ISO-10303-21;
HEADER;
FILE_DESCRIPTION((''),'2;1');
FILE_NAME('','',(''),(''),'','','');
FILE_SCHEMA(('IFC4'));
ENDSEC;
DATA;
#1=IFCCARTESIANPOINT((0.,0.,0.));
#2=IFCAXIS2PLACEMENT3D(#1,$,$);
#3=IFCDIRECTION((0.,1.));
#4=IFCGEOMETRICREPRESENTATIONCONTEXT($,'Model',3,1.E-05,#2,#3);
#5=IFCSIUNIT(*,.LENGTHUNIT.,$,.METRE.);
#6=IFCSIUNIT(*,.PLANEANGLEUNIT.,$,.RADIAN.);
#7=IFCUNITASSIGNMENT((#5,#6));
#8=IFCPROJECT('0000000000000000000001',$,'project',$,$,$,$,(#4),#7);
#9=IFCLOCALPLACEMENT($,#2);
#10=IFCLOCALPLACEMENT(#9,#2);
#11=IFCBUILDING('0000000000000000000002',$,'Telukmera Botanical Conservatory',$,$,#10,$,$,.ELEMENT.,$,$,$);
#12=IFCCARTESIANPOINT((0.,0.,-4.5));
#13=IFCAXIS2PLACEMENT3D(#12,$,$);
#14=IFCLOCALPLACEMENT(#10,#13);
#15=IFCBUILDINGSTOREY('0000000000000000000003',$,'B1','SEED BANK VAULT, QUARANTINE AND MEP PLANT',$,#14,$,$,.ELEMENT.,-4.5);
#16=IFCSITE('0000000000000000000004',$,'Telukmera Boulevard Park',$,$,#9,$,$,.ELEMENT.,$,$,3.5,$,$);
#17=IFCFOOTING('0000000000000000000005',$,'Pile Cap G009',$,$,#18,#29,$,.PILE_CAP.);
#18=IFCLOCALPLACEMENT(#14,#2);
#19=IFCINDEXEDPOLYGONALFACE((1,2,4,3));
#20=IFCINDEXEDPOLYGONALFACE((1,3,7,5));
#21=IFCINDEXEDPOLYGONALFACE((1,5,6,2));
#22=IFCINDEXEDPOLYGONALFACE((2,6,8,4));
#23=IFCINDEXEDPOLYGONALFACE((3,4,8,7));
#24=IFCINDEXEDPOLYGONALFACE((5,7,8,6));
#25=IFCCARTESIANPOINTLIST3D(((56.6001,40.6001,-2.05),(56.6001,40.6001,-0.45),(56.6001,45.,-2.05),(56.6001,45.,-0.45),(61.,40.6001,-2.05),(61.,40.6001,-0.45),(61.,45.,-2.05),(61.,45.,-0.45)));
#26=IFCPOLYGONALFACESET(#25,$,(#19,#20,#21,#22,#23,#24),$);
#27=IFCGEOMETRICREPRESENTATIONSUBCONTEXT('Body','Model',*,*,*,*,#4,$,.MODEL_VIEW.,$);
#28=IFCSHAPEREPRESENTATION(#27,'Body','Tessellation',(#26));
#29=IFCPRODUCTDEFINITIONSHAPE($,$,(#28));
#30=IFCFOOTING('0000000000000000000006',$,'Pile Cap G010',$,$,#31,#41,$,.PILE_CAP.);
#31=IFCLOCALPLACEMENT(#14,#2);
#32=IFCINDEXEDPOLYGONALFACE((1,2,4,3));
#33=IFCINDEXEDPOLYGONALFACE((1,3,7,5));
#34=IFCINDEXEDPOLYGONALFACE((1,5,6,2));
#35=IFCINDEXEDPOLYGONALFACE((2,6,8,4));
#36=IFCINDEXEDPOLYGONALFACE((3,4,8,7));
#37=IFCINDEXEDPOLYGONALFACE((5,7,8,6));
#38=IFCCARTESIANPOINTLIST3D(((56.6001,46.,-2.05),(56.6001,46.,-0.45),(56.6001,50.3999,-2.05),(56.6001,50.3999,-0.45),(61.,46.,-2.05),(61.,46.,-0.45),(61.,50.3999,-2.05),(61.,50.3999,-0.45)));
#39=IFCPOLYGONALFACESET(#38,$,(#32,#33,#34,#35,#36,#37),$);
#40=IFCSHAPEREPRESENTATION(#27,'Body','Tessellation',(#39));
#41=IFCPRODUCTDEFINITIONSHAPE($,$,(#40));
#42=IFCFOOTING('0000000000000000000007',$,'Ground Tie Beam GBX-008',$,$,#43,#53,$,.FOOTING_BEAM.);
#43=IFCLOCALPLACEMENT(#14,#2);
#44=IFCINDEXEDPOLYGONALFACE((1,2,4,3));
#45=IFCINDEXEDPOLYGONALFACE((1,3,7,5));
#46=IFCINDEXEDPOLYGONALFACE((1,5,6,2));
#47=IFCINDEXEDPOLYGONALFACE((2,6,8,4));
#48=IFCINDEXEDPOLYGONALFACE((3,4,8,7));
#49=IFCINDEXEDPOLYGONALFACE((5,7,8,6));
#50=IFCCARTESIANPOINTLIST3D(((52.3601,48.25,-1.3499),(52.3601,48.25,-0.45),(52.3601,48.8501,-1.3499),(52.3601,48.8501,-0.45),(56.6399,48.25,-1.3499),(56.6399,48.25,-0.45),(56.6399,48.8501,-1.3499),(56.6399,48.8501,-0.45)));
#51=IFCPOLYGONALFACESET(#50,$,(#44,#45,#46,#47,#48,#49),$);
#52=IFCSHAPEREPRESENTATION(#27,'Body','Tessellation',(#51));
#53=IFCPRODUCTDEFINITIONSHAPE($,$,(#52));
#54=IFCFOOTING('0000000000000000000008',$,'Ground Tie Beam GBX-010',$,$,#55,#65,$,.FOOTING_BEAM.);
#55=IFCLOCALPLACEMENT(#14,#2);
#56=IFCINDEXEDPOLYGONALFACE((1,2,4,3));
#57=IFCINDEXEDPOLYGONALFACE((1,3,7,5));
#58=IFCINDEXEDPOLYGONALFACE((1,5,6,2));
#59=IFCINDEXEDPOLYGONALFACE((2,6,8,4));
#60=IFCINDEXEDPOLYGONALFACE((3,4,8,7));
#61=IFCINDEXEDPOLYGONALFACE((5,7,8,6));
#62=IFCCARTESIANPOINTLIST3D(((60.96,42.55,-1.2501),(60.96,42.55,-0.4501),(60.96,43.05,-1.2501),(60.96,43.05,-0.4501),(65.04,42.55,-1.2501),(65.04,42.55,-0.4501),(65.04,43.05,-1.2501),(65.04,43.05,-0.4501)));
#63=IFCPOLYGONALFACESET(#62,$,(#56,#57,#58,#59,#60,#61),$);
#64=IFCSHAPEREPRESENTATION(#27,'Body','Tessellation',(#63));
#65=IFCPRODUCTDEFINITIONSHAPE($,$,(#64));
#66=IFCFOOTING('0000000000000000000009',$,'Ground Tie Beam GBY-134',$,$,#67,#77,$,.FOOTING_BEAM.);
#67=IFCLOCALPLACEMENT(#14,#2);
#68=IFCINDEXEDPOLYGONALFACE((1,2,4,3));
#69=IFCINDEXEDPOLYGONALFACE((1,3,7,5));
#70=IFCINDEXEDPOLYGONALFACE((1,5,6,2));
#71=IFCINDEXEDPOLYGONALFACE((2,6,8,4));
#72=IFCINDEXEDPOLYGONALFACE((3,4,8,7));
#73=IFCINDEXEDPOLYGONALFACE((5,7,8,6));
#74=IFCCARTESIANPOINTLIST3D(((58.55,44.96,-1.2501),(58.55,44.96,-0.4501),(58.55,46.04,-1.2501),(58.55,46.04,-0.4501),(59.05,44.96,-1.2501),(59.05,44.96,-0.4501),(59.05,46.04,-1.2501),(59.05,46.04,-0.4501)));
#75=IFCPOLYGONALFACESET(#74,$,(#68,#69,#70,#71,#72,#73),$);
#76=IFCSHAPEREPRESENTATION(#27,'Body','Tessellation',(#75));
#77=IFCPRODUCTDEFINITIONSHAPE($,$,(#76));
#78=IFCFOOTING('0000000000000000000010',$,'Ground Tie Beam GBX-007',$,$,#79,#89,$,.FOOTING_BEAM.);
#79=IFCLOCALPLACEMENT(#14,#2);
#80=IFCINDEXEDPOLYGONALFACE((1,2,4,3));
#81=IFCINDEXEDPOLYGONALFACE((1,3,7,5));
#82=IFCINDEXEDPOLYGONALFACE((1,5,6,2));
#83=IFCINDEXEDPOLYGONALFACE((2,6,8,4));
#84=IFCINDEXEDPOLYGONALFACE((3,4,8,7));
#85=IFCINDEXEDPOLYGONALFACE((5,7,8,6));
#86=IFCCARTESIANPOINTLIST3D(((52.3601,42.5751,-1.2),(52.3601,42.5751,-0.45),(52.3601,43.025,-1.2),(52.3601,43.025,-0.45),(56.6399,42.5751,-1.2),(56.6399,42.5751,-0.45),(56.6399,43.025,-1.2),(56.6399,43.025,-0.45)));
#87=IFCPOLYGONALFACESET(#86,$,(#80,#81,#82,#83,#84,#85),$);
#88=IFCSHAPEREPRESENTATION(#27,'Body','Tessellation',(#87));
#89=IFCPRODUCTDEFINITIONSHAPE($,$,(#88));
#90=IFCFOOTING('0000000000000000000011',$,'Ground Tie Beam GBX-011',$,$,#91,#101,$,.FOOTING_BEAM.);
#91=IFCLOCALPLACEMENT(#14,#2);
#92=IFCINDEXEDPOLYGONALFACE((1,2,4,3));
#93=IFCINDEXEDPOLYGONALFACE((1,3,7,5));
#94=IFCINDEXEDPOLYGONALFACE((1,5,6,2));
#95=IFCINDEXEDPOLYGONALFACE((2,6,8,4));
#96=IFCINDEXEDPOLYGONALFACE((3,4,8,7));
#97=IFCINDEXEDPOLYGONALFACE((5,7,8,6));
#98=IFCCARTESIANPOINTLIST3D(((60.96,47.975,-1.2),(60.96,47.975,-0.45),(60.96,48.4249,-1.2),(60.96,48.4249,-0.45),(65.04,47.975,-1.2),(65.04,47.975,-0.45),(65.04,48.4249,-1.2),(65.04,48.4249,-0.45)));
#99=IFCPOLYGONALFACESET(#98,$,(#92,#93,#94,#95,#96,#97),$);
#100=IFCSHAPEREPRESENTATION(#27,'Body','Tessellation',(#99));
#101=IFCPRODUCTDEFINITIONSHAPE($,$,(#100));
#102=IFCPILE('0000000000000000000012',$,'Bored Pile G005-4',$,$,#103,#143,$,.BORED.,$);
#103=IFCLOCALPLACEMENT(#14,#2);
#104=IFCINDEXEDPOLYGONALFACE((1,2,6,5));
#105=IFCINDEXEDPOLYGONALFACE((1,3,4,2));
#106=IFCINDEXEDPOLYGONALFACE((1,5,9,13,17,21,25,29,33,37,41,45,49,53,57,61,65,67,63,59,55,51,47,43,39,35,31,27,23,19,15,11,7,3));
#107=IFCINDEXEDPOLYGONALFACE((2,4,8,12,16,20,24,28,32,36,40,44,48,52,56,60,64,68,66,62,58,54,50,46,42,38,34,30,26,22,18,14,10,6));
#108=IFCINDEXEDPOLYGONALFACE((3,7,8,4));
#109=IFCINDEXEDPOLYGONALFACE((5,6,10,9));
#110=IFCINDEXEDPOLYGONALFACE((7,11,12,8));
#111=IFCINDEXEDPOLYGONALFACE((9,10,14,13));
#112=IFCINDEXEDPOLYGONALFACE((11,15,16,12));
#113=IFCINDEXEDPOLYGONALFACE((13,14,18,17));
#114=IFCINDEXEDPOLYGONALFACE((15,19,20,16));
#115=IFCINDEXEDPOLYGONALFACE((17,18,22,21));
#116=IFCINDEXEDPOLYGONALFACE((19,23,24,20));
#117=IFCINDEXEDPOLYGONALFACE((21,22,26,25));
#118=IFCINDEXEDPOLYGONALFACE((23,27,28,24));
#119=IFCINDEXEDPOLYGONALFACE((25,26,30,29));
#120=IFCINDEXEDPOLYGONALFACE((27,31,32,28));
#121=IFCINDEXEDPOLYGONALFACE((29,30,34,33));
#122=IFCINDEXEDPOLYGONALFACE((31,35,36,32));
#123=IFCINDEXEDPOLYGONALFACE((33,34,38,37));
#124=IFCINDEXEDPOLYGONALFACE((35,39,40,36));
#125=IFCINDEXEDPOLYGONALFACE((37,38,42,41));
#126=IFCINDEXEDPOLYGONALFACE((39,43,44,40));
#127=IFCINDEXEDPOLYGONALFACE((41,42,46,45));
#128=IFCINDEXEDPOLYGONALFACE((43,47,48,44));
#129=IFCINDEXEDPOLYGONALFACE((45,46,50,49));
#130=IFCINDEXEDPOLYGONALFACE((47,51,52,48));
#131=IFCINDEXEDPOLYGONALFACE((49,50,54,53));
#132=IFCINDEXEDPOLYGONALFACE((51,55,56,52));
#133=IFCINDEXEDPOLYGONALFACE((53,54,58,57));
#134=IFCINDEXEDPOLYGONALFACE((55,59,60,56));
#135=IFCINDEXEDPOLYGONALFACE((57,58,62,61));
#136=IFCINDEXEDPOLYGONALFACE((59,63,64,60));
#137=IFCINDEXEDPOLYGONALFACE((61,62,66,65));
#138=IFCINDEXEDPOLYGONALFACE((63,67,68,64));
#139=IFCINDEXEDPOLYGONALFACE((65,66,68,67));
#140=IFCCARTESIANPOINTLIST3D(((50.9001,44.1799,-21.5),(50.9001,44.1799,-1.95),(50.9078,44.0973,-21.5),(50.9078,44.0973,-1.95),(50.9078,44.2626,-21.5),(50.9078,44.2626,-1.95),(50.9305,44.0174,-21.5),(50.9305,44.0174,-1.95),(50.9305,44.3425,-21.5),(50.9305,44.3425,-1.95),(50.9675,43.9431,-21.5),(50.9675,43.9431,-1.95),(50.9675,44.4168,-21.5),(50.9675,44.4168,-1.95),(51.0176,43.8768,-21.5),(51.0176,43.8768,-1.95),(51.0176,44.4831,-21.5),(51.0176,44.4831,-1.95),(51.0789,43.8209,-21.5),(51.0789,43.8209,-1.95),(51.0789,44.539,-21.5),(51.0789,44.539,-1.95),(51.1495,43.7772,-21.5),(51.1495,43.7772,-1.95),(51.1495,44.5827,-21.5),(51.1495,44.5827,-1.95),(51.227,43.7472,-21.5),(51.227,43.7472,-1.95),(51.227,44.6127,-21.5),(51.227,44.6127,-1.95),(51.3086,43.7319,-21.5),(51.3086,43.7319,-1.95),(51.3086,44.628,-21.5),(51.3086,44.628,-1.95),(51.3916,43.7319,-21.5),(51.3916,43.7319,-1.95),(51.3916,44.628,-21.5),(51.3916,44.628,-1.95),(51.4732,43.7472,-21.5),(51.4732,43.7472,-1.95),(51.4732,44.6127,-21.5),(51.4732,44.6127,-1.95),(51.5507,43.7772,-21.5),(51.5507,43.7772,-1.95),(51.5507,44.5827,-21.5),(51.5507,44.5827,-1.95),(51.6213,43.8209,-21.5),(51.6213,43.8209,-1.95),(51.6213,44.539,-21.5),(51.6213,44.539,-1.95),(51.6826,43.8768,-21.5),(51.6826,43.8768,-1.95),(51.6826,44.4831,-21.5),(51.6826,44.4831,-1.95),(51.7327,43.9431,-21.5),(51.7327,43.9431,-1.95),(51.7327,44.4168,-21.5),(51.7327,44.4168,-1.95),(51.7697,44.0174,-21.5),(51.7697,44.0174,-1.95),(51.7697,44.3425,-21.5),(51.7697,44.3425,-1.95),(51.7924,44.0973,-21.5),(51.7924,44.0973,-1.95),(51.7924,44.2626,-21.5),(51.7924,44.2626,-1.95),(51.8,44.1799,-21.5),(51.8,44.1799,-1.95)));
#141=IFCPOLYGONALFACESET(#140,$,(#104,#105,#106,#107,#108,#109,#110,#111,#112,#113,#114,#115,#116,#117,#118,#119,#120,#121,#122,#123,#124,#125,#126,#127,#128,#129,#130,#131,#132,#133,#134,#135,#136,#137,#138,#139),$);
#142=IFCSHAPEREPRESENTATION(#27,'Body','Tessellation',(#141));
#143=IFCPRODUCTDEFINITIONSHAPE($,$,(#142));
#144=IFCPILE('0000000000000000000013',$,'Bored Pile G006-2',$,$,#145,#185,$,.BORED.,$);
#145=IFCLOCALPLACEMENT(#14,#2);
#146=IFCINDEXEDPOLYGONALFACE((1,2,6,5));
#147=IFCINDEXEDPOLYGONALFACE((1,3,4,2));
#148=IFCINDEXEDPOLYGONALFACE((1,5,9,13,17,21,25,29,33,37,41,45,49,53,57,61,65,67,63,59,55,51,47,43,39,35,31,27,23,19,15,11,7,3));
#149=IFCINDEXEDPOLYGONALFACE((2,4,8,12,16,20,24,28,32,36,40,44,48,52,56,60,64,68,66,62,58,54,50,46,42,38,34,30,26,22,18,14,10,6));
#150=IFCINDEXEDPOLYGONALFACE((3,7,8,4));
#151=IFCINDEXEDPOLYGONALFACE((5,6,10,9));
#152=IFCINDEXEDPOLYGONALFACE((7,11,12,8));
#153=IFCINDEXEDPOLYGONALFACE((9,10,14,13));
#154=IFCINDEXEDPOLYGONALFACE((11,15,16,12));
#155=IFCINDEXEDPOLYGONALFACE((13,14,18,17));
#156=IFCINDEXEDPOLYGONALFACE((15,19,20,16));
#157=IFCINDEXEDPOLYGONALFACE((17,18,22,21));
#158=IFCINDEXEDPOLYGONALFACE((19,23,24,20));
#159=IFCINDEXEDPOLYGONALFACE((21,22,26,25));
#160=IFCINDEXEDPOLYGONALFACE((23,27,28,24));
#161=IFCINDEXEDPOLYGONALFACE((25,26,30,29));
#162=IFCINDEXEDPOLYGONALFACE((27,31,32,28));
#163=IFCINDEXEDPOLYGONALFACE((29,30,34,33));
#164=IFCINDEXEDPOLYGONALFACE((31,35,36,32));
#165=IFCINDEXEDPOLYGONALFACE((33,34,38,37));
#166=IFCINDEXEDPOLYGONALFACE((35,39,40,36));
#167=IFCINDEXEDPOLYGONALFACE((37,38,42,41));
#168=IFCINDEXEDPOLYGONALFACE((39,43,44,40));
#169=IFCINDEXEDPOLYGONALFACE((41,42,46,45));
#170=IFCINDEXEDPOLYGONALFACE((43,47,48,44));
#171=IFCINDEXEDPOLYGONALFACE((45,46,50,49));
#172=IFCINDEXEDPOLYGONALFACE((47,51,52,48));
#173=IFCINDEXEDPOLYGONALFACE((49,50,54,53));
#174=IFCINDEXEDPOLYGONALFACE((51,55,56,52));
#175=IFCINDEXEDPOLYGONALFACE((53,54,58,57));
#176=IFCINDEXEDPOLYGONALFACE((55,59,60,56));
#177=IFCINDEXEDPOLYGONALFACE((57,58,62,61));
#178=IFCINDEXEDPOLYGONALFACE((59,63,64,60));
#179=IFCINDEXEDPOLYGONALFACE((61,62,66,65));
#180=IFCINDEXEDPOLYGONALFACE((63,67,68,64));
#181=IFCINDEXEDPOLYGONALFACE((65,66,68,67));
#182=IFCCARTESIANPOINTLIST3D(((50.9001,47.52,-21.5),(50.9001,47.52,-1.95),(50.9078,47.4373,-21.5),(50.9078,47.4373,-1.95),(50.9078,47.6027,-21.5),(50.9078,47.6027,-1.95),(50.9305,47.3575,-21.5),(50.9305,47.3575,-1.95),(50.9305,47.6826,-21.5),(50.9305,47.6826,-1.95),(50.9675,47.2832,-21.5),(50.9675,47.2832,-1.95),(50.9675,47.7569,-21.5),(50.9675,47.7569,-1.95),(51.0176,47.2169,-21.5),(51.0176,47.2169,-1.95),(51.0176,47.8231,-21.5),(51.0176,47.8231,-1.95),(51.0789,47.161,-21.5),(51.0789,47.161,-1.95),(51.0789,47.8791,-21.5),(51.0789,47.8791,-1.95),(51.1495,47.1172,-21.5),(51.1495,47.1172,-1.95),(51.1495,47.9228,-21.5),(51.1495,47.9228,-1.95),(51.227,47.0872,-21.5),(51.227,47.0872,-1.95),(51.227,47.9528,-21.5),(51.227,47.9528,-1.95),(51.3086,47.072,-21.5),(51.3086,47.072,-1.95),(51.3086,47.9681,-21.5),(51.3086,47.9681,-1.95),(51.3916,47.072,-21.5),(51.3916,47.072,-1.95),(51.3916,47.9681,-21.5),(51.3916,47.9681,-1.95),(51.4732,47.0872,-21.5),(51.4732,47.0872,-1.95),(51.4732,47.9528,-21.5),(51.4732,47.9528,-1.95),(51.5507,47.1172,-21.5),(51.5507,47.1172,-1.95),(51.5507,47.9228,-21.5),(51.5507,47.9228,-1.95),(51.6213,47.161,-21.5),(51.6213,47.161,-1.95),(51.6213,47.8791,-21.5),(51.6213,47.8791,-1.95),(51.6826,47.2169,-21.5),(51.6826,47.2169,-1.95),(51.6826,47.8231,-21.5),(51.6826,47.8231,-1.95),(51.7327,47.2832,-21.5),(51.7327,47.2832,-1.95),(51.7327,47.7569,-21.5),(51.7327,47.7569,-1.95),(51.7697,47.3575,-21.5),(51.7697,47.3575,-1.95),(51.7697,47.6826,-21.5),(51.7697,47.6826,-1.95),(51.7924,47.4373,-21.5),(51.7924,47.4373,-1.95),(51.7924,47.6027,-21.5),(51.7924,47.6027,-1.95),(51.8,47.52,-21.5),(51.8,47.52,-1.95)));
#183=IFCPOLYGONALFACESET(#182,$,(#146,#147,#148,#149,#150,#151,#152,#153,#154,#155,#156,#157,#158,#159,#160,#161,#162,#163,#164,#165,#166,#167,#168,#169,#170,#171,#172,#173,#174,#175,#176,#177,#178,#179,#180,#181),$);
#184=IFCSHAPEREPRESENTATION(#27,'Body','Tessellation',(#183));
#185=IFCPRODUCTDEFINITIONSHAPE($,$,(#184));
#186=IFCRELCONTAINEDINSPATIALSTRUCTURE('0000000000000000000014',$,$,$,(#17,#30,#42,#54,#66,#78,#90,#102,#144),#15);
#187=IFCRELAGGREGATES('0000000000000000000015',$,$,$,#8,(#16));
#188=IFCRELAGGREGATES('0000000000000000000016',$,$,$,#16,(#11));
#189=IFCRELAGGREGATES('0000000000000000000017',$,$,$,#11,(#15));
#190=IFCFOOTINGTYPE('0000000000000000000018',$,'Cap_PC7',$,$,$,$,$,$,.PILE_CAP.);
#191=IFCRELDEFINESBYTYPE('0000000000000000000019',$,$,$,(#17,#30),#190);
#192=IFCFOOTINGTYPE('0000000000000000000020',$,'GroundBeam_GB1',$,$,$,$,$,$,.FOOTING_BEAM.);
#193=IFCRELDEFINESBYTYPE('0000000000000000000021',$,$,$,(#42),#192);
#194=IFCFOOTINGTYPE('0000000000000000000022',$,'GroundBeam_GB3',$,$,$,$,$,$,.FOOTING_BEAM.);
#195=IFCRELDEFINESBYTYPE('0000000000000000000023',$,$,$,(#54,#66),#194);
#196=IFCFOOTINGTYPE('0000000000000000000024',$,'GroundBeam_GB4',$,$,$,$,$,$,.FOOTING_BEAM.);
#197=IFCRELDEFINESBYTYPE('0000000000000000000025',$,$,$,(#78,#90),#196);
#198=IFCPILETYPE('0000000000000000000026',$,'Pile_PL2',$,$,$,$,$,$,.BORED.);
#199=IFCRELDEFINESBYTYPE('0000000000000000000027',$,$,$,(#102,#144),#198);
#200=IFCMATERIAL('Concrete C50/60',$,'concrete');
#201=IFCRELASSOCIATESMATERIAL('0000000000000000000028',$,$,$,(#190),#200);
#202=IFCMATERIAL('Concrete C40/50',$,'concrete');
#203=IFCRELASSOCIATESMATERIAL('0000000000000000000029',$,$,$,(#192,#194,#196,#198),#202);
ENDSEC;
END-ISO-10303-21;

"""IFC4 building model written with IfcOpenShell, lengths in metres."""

from ifc_helpers import new_model, si_unit, direction, frame, origin, origin_2d, place, context, subcontext, project, spatial, rectangle, circle, extrude, material, material_profile, profile_set, type_object, element, save


model = new_model("IFC4")

# Units and contexts
model_context = context("Model", 3, precision=1e-05, world=origin(), true_north=direction((0.0, 1.0)))
body_context = subcontext(model_context, "Body", "Model", "MODEL_VIEW")
ifc_project = project(units=[si_unit("LENGTHUNIT", "METRE"), si_unit("PLANEANGLEUNIT", "RADIAN")], contexts=[model_context])

# Site, building, storey
site_placement = place(None, origin())
site = spatial("IfcSite", under=ifc_project, at=site_placement, Name="Telukmera Boulevard Park", CompositionType="ELEMENT", RefElevation=3.5)
building_placement = place(site_placement, origin())
building = spatial("IfcBuilding", under=site, at=building_placement, Name="Telukmera Botanical Conservatory", CompositionType="ELEMENT")
storey_placement = place(building_placement, frame((0.0, 0.0, -4.5)))
storey = spatial("IfcBuildingStorey", under=building, at=storey_placement, Name="B1", Description="SEED BANK VAULT, QUARANTINE AND MEP PLANT", CompositionType="ELEMENT", Elevation=-4.5)

# Footings
ifc_material_1 = material(Name="Concrete C50/60", Category="concrete")
footing_type_1 = type_object("IfcFootingType", Name="Cap_PC7", PredefinedType="PILE_CAP", material=ifc_material_1)
for number, where, z_axis, x_axis, name in (
    (1, (58.8, 42.8, -2.05), (0.0, 0.0, 1.0), (1.0, 0.0, 0.0), "Pile Cap G009"),
    (2, (58.8, 48.2, -2.05), (0.0, 0.0, 1.0), (1.0, 0.0, 0.0), "Pile Cap G010"),
):
    element("IfcFooting", number, at=place(storey_placement, frame(where, z_axis=z_axis, x_axis=x_axis)), inside=storey, type_object=footing_type_1, Name=name, PredefinedType="PILE_CAP", context=body_context, shape_type="SweptSolid", body=[
        extrude(rectangle(XDim=4.3999, YDim=4.3999, at=origin_2d()), origin(), (0.0, 0.0, 1.0), 1.6001),
    ])
ifc_material_2 = material(Name="Concrete C40/50", Category="concrete")
ifc_material_profile_1 = material_profile(ifc_material_2, rectangle(XDim=0.6001, YDim=0.8999, at=origin_2d()), Name="RC 600x900")
ifc_profile_set_1 = profile_set([ifc_material_profile_1], Name="Concrete C40/50")
footing_type_2 = type_object("IfcFootingType", Name="GroundBeam_GB1", PredefinedType="FOOTING_BEAM", material=ifc_profile_set_1)
footing_1_placement = place(storey_placement, frame((52.3601, 48.55, -0.8999), z_axis=(1.0, 0.0, 0.0), x_axis=(0.0, 1.0, 0.0)))
element("IfcFooting", 3, at=footing_1_placement, inside=storey, type_object=footing_type_2, Name="Ground Tie Beam GBX-008", PredefinedType="FOOTING_BEAM", context=body_context, shape_type="SweptSolid", body=[
    extrude(rectangle(XDim=0.6001, YDim=0.8999, at=origin_2d()), origin(), (0.0, 0.0, 1.0), 4.2798),
])
ifc_material_profile_2 = material_profile(ifc_material_2, rectangle(XDim=0.5, YDim=0.8, at=origin_2d()), Name="RC 500x800")
ifc_profile_set_2 = profile_set([ifc_material_profile_2], Name="Concrete C40/50")
footing_type_3 = type_object("IfcFootingType", Name="GroundBeam_GB3", PredefinedType="FOOTING_BEAM", material=ifc_profile_set_2)
footing_2_placement = place(storey_placement, frame((60.96, 42.8, -0.8501), z_axis=(1.0, 0.0, 0.0), x_axis=(0.0, 1.0, 0.0)))
element("IfcFooting", 4, at=footing_2_placement, inside=storey, type_object=footing_type_3, Name="Ground Tie Beam GBX-010", PredefinedType="FOOTING_BEAM", context=body_context, shape_type="SweptSolid", body=[
    extrude(rectangle(XDim=0.5, YDim=0.8, at=origin_2d()), origin(), (0.0, 0.0, 1.0), 4.0801),
])
footing_3_placement = place(storey_placement, frame((58.8, 44.96, -0.8501), z_axis=(0.0, 1.0, 0.0), x_axis=(-1.0, 0.0, 0.0)))
element("IfcFooting", 5, at=footing_3_placement, inside=storey, type_object=footing_type_3, Name="Ground Tie Beam GBY-134", PredefinedType="FOOTING_BEAM", context=body_context, shape_type="SweptSolid", body=[
    extrude(rectangle(XDim=0.5, YDim=0.8, at=origin_2d()), origin(), (0.0, 0.0, 1.0), 1.0801),
])
ifc_material_profile_3 = material_profile(ifc_material_2, rectangle(XDim=0.45, YDim=0.75, at=origin_2d()), Name="RC 450x750")
ifc_profile_set_3 = profile_set([ifc_material_profile_3], Name="Concrete C40/50")
footing_type_4 = type_object("IfcFootingType", Name="GroundBeam_GB4", PredefinedType="FOOTING_BEAM", material=ifc_profile_set_3)
footing_4_placement = place(storey_placement, frame((52.3601, 42.8, -0.825), z_axis=(1.0, 0.0, 0.0), x_axis=(0.0, 1.0, 0.0)))
element("IfcFooting", 6, at=footing_4_placement, inside=storey, type_object=footing_type_4, Name="Ground Tie Beam GBX-007", PredefinedType="FOOTING_BEAM", context=body_context, shape_type="SweptSolid", body=[
    extrude(rectangle(XDim=0.45, YDim=0.75, at=origin_2d()), origin(), (0.0, 0.0, 1.0), 4.2798),
])
footing_5_placement = place(storey_placement, frame((60.96, 48.2, -0.825), z_axis=(1.0, 0.0, 0.0), x_axis=(0.0, 1.0, 0.0)))
element("IfcFooting", 7, at=footing_5_placement, inside=storey, type_object=footing_type_4, Name="Ground Tie Beam GBX-011", PredefinedType="FOOTING_BEAM", context=body_context, shape_type="SweptSolid", body=[
    extrude(rectangle(XDim=0.45, YDim=0.75, at=origin_2d()), origin(), (0.0, 0.0, 1.0), 4.0801),
])

# Piles
ifc_material_profile_4 = material_profile(ifc_material_2, circle(Radius=0.45, at=origin_2d()), Name="PILE D900")
ifc_profile_set_4 = profile_set([ifc_material_profile_4], Name="Concrete C40/50")
pile_type = type_object("IfcPileType", Name="Pile_PL2", PredefinedType="BORED", material=ifc_profile_set_4)
for number, where, z_axis, x_axis, name in (
    (8, (51.3501, 44.1799, -1.95), (0.0, 0.0, -1.0), (1.0, 0.0, 0.0), "Bored Pile G005-4"),
    (9, (51.3501, 47.52, -1.95), (0.0, 0.0, -1.0), (1.0, 0.0, 0.0), "Bored Pile G006-2"),
):
    element("IfcPile", number, at=place(storey_placement, frame(where, z_axis=z_axis, x_axis=x_axis)), inside=storey, type_object=pile_type, Name=name, PredefinedType="BORED", context=body_context, shape_type="SweptSolid", body=[
        extrude(circle(Radius=0.45, at=origin_2d()), origin(), (0.0, 0.0, 1.0), 19.55),
    ])

save(model, "model.ifc")
